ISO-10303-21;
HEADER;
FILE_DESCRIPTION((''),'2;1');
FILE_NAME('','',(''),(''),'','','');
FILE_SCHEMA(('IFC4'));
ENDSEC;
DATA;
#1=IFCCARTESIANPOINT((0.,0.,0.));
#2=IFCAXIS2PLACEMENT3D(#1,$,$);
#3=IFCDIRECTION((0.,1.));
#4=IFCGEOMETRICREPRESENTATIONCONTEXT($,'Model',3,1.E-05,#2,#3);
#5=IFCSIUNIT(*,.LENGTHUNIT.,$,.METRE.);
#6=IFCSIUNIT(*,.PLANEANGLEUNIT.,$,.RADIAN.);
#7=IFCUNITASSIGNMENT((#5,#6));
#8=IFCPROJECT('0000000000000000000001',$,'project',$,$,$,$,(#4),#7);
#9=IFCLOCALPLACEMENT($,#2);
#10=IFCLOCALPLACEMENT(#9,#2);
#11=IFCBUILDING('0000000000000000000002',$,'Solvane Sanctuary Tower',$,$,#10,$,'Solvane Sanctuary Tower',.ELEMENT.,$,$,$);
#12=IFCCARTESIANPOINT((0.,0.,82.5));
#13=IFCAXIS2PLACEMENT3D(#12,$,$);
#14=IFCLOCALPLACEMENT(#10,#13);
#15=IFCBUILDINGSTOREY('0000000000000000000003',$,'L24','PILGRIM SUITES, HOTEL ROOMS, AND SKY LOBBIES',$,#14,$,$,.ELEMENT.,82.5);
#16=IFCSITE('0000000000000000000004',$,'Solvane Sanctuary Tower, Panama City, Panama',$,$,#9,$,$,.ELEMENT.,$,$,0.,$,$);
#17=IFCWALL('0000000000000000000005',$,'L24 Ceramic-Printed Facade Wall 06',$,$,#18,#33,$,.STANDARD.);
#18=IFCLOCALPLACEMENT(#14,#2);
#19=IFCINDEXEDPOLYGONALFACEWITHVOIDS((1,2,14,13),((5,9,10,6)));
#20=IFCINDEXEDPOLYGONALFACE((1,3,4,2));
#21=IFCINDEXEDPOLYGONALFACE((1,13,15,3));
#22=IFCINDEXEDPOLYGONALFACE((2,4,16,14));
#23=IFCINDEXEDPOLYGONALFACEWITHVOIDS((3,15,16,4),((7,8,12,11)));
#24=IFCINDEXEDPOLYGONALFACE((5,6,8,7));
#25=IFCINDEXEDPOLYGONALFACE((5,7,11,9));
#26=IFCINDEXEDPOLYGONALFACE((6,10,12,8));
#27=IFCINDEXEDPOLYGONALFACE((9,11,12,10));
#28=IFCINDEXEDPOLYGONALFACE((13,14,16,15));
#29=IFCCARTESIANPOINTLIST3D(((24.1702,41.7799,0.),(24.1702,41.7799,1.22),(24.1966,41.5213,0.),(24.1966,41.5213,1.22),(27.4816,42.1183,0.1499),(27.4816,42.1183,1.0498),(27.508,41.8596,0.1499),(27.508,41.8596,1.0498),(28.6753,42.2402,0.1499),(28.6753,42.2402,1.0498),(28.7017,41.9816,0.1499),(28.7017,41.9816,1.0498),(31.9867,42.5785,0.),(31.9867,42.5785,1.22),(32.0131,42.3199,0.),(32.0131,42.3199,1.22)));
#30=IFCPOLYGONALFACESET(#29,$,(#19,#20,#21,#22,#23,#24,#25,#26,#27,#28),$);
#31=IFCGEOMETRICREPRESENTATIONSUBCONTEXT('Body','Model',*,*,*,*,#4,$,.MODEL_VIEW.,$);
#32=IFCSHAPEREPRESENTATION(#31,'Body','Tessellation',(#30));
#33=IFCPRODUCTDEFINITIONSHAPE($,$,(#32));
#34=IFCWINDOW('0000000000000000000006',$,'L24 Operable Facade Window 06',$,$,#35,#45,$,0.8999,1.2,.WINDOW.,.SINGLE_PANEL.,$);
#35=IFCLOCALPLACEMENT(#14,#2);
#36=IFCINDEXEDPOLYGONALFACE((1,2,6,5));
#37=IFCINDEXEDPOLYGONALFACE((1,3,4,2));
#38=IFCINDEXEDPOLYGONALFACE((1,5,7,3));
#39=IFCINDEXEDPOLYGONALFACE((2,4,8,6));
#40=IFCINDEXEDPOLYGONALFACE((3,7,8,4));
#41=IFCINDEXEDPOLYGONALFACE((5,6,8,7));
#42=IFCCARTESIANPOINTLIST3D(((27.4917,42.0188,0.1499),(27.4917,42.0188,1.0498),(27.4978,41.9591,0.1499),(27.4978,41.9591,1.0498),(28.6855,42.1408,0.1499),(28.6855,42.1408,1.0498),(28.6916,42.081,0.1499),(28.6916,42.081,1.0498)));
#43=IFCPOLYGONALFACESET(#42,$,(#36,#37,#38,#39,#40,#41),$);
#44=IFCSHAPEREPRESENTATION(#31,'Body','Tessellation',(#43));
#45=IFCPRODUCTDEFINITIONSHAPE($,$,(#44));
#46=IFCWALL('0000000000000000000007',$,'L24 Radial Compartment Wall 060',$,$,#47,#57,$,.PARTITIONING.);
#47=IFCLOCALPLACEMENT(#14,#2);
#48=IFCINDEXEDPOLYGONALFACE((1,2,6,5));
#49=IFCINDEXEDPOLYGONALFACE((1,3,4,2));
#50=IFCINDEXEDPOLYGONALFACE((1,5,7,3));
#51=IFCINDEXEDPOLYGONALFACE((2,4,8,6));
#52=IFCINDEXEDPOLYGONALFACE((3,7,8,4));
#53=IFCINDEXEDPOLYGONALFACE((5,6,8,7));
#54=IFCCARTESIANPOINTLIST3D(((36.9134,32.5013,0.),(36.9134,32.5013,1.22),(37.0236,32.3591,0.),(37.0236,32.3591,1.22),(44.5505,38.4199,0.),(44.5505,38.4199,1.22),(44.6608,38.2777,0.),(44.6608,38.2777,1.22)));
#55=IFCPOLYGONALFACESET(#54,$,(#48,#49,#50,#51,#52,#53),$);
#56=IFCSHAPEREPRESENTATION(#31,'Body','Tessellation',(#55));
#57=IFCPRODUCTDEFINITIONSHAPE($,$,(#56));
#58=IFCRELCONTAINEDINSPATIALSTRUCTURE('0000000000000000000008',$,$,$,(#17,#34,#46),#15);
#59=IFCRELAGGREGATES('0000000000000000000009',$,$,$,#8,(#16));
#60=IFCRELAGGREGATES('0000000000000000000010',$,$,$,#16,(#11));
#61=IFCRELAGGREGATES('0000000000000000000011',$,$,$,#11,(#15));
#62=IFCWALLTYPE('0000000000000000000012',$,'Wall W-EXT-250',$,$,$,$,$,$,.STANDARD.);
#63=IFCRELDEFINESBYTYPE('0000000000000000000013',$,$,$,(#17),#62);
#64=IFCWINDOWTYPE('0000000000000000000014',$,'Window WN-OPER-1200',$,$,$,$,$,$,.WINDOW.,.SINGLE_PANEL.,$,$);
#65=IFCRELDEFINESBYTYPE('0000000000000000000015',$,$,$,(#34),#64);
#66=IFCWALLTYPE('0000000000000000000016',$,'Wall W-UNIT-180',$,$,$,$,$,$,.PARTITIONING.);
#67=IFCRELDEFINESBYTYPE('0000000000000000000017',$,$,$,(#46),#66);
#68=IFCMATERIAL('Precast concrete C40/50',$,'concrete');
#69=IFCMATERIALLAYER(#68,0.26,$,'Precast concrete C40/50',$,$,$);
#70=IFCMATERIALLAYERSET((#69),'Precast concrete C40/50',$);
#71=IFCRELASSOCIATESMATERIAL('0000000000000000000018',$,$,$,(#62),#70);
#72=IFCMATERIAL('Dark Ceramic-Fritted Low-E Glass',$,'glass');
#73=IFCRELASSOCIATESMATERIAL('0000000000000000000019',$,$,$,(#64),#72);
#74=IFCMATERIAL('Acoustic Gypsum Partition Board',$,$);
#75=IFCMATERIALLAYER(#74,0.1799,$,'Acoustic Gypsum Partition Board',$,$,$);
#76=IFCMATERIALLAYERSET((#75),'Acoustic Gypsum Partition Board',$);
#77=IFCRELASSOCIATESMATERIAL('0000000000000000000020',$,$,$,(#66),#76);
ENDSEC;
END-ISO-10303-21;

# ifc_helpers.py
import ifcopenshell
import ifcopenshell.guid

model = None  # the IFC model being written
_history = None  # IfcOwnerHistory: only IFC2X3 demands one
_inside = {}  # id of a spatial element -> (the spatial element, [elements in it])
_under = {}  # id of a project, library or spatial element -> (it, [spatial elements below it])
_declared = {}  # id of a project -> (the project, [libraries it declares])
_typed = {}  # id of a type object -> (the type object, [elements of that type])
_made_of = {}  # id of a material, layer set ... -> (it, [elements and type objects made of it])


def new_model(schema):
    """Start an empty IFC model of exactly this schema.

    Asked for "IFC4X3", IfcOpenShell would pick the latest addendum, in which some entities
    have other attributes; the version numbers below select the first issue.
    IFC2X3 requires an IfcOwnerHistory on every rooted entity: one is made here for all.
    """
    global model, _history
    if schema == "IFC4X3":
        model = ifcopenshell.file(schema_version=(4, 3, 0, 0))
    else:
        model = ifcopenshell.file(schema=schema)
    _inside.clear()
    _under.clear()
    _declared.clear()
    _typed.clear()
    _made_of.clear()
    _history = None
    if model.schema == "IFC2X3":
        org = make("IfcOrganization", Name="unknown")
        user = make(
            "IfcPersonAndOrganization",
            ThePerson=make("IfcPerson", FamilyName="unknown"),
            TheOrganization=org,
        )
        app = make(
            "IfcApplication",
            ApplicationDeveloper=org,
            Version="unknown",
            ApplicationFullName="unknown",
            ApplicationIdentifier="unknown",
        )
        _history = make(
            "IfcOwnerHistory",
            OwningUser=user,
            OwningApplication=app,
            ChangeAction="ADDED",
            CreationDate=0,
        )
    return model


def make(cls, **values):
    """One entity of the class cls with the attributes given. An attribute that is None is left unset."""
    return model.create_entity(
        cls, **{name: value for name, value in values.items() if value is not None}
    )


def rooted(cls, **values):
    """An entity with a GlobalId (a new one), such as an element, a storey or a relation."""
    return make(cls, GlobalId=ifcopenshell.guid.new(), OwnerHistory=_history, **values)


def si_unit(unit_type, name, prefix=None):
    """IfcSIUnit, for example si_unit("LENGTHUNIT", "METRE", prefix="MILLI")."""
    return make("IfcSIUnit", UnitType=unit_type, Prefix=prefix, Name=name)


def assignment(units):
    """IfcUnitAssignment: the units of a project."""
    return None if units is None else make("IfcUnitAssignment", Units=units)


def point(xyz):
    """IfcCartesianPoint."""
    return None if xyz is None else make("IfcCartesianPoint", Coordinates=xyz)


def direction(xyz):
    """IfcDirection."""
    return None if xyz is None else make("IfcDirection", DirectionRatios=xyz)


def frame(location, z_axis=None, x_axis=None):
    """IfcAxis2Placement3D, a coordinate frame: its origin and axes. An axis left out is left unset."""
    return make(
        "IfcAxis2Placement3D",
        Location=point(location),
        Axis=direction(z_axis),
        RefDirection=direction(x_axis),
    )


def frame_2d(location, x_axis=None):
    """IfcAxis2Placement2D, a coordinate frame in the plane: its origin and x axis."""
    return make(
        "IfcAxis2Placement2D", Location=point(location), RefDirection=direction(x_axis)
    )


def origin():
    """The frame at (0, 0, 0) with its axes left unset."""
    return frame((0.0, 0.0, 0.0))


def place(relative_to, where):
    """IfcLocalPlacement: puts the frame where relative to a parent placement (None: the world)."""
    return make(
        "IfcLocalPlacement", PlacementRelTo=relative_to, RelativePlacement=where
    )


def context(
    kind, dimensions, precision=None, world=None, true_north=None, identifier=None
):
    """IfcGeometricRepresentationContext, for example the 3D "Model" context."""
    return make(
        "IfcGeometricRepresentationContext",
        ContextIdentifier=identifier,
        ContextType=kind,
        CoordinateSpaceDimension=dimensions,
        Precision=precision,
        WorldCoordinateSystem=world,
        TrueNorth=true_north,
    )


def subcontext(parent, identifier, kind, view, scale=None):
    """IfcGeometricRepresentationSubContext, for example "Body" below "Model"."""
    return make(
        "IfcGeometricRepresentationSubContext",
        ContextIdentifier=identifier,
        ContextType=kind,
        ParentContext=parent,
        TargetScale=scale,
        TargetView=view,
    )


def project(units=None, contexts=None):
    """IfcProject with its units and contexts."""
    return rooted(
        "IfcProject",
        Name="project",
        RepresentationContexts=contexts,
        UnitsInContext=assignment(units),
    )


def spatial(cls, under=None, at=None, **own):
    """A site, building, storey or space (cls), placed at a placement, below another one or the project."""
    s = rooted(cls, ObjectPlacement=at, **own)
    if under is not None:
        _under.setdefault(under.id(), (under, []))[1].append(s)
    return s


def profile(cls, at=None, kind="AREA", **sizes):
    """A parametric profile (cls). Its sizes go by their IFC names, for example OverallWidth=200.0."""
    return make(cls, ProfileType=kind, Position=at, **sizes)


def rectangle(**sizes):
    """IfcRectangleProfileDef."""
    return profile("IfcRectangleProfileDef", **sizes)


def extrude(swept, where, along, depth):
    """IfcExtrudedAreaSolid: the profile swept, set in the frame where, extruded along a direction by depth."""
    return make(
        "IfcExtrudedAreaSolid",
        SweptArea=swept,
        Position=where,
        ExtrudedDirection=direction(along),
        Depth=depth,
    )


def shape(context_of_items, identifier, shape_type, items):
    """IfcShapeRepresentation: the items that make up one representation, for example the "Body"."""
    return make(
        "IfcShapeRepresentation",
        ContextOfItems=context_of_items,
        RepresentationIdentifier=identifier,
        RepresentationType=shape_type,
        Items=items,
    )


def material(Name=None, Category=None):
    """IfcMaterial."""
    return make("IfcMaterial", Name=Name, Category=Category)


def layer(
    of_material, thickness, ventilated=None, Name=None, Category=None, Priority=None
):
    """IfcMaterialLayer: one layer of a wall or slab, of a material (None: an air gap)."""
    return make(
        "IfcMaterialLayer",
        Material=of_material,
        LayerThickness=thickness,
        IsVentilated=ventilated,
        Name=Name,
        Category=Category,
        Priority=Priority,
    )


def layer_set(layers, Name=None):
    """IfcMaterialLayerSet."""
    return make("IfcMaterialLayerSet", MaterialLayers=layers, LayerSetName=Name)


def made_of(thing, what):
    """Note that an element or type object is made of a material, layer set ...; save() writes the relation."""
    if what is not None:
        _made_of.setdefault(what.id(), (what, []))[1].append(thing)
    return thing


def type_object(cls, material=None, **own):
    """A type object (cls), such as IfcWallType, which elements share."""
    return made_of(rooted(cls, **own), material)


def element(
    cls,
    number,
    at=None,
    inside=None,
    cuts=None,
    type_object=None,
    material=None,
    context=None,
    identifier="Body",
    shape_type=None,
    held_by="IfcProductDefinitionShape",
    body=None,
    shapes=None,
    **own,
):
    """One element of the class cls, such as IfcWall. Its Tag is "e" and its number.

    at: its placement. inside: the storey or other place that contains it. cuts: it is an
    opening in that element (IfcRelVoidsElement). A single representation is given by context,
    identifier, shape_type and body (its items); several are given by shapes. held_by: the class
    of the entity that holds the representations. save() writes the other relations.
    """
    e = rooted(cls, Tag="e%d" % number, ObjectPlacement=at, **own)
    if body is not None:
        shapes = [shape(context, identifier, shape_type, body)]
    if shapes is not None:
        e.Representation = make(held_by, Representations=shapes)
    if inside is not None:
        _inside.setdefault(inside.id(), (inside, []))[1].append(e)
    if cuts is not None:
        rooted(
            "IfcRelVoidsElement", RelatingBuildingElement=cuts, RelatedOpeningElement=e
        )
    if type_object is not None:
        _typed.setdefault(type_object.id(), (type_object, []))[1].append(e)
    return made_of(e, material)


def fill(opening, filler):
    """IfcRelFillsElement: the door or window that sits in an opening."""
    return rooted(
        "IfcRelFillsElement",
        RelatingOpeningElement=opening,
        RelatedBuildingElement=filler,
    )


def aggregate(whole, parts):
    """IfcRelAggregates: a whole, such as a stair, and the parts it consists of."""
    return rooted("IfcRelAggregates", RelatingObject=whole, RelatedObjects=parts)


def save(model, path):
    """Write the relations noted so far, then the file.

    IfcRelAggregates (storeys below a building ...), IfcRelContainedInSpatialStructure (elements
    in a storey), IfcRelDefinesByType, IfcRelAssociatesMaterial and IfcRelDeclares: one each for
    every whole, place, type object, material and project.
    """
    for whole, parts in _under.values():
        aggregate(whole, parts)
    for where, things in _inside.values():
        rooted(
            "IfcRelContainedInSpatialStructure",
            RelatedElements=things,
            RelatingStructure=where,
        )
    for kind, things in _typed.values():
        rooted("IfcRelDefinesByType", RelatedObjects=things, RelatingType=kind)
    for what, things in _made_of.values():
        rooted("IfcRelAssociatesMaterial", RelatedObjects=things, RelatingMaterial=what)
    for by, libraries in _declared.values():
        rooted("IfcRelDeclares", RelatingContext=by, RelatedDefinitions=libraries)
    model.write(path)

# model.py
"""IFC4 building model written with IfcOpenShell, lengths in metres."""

from ifc_helpers import new_model, si_unit, direction, frame, frame_2d, origin, place, context, subcontext, project, spatial, rectangle, extrude, material, layer, layer_set, type_object, element, fill, save


model = new_model("IFC4")

# Units and contexts
model_context = context("Model", 3, precision=1e-05, world=origin(), true_north=direction((0.0, 1.0)))
body_context = subcontext(model_context, "Body", "Model", "MODEL_VIEW")
ifc_project = project(units=[si_unit("LENGTHUNIT", "METRE"), si_unit("PLANEANGLEUNIT", "RADIAN")], contexts=[model_context])

# Site, building, storey
site_placement = place(None, origin())
site = spatial("IfcSite", under=ifc_project, at=site_placement, Name="Solvane Sanctuary Tower, Panama City, Panama", CompositionType="ELEMENT", RefElevation=0.0)
building_placement = place(site_placement, origin())
building = spatial("IfcBuilding", under=site, at=building_placement, Name="Solvane Sanctuary Tower", LongName="Solvane Sanctuary Tower", CompositionType="ELEMENT")
storey_placement = place(building_placement, frame((0.0, 0.0, 82.5)))
storey = spatial("IfcBuildingStorey", under=building, at=storey_placement, Name="L24", Description="PILGRIM SUITES, HOTEL ROOMS, AND SKY LOBBIES", CompositionType="ELEMENT", Elevation=82.5)

# Shared definitions
ifc_material_1 = material(Name="Acoustic Gypsum Partition Board")

# Wall, opening, window
ifc_material_2 = material(Name="Precast concrete C40/50", Category="concrete")
ifc_layer_1 = layer(ifc_material_2, 0.26, Name="Precast concrete C40/50")
ifc_layer_set_1 = layer_set([ifc_layer_1], Name="Precast concrete C40/50")
wall_type_1 = type_object("IfcWallType", Name="Wall W-EXT-250", PredefinedType="STANDARD", material=ifc_layer_set_1)
ifc_material_3 = material(Name="Dark Ceramic-Fritted Low-E Glass", Category="glass")
window_type = type_object("IfcWindowType", Name="Window WN-OPER-1200", PartitioningType="SINGLE_PANEL", PredefinedType="WINDOW", material=ifc_material_3)
wall_1_placement = place(storey_placement, frame((32.0, 42.4492, 0.0), z_axis=(0.0, 0.0, 1.0), x_axis=(-0.994821, -0.101639, 0.0)))
wall_1 = element("IfcWall", 1, at=wall_1_placement, inside=storey, type_object=wall_type_1, Name="L24 Ceramic-Printed Facade Wall 06", PredefinedType="STANDARD", context=body_context, shape_type="SweptSolid", body=[
    extrude(rectangle(XDim=7.8572, YDim=0.26, at=frame_2d((3.9287, 0.0))), origin(), (0.0, 0.0, 1.0), 1.22),
])
opening_1_placement = place(wall_1_placement, frame((3.3286, 0.0, 0.1499)))
opening_1 = element("IfcOpeningElement", 2, at=opening_1_placement, cuts=wall_1, PredefinedType="OPENING", context=body_context, shape_type="SweptSolid", body=[
    extrude(rectangle(XDim=1.2, YDim=0.8999, at=frame_2d((0.6001, 0.45))), frame((0.0, 0.1399, 0.0), z_axis=(0.0, -1.0, 0.0), x_axis=(1.0, 0.0, 0.0)), (0.0, 0.0, 1.0), 0.28),
])
window_1_placement = place(opening_1_placement, origin())
window_1 = element("IfcWindow", 3, at=window_1_placement, inside=storey, type_object=window_type, Name="L24 Operable Facade Window 06", OverallHeight=0.8999, OverallWidth=1.2, PartitioningType="SINGLE_PANEL", PredefinedType="WINDOW", context=body_context, shape_type="SweptSolid", body=[
    extrude(rectangle(XDim=1.2, YDim=0.8999, at=frame_2d((0.6001, 0.45))), frame((0.0, 0.03, 0.0), z_axis=(0.0, -1.0, 0.0), x_axis=(1.0, 0.0, 0.0)), (0.0, 0.0, 1.0), 0.0601),
])
fill(opening_1, window_1)

# Wall
ifc_layer_2 = layer(ifc_material_1, 0.1799, Name="Acoustic Gypsum Partition Board")
ifc_layer_set_2 = layer_set([ifc_layer_2], Name="Acoustic Gypsum Partition Board")
wall_type_2 = type_object("IfcWallType", Name="Wall W-UNIT-180", PredefinedType="PARTITIONING", material=ifc_layer_set_2)
wall_2_placement = place(storey_placement, frame((36.9685, 32.4302, 0.0), z_axis=(0.0, 0.0, 1.0), x_axis=(0.790422, 0.612563, 0.0)))
element("IfcWall", 4, at=wall_2_placement, inside=storey, type_object=wall_type_2, Name="L24 Radial Compartment Wall 060", PredefinedType="PARTITIONING", context=body_context, shape_type="SweptSolid", body=[
    extrude(rectangle(XDim=9.6621, YDim=0.1799, at=frame_2d((4.8311, 0.0))), origin(), (0.0, 0.0, 1.0), 1.22),
])

save(model, "model.ifc")
